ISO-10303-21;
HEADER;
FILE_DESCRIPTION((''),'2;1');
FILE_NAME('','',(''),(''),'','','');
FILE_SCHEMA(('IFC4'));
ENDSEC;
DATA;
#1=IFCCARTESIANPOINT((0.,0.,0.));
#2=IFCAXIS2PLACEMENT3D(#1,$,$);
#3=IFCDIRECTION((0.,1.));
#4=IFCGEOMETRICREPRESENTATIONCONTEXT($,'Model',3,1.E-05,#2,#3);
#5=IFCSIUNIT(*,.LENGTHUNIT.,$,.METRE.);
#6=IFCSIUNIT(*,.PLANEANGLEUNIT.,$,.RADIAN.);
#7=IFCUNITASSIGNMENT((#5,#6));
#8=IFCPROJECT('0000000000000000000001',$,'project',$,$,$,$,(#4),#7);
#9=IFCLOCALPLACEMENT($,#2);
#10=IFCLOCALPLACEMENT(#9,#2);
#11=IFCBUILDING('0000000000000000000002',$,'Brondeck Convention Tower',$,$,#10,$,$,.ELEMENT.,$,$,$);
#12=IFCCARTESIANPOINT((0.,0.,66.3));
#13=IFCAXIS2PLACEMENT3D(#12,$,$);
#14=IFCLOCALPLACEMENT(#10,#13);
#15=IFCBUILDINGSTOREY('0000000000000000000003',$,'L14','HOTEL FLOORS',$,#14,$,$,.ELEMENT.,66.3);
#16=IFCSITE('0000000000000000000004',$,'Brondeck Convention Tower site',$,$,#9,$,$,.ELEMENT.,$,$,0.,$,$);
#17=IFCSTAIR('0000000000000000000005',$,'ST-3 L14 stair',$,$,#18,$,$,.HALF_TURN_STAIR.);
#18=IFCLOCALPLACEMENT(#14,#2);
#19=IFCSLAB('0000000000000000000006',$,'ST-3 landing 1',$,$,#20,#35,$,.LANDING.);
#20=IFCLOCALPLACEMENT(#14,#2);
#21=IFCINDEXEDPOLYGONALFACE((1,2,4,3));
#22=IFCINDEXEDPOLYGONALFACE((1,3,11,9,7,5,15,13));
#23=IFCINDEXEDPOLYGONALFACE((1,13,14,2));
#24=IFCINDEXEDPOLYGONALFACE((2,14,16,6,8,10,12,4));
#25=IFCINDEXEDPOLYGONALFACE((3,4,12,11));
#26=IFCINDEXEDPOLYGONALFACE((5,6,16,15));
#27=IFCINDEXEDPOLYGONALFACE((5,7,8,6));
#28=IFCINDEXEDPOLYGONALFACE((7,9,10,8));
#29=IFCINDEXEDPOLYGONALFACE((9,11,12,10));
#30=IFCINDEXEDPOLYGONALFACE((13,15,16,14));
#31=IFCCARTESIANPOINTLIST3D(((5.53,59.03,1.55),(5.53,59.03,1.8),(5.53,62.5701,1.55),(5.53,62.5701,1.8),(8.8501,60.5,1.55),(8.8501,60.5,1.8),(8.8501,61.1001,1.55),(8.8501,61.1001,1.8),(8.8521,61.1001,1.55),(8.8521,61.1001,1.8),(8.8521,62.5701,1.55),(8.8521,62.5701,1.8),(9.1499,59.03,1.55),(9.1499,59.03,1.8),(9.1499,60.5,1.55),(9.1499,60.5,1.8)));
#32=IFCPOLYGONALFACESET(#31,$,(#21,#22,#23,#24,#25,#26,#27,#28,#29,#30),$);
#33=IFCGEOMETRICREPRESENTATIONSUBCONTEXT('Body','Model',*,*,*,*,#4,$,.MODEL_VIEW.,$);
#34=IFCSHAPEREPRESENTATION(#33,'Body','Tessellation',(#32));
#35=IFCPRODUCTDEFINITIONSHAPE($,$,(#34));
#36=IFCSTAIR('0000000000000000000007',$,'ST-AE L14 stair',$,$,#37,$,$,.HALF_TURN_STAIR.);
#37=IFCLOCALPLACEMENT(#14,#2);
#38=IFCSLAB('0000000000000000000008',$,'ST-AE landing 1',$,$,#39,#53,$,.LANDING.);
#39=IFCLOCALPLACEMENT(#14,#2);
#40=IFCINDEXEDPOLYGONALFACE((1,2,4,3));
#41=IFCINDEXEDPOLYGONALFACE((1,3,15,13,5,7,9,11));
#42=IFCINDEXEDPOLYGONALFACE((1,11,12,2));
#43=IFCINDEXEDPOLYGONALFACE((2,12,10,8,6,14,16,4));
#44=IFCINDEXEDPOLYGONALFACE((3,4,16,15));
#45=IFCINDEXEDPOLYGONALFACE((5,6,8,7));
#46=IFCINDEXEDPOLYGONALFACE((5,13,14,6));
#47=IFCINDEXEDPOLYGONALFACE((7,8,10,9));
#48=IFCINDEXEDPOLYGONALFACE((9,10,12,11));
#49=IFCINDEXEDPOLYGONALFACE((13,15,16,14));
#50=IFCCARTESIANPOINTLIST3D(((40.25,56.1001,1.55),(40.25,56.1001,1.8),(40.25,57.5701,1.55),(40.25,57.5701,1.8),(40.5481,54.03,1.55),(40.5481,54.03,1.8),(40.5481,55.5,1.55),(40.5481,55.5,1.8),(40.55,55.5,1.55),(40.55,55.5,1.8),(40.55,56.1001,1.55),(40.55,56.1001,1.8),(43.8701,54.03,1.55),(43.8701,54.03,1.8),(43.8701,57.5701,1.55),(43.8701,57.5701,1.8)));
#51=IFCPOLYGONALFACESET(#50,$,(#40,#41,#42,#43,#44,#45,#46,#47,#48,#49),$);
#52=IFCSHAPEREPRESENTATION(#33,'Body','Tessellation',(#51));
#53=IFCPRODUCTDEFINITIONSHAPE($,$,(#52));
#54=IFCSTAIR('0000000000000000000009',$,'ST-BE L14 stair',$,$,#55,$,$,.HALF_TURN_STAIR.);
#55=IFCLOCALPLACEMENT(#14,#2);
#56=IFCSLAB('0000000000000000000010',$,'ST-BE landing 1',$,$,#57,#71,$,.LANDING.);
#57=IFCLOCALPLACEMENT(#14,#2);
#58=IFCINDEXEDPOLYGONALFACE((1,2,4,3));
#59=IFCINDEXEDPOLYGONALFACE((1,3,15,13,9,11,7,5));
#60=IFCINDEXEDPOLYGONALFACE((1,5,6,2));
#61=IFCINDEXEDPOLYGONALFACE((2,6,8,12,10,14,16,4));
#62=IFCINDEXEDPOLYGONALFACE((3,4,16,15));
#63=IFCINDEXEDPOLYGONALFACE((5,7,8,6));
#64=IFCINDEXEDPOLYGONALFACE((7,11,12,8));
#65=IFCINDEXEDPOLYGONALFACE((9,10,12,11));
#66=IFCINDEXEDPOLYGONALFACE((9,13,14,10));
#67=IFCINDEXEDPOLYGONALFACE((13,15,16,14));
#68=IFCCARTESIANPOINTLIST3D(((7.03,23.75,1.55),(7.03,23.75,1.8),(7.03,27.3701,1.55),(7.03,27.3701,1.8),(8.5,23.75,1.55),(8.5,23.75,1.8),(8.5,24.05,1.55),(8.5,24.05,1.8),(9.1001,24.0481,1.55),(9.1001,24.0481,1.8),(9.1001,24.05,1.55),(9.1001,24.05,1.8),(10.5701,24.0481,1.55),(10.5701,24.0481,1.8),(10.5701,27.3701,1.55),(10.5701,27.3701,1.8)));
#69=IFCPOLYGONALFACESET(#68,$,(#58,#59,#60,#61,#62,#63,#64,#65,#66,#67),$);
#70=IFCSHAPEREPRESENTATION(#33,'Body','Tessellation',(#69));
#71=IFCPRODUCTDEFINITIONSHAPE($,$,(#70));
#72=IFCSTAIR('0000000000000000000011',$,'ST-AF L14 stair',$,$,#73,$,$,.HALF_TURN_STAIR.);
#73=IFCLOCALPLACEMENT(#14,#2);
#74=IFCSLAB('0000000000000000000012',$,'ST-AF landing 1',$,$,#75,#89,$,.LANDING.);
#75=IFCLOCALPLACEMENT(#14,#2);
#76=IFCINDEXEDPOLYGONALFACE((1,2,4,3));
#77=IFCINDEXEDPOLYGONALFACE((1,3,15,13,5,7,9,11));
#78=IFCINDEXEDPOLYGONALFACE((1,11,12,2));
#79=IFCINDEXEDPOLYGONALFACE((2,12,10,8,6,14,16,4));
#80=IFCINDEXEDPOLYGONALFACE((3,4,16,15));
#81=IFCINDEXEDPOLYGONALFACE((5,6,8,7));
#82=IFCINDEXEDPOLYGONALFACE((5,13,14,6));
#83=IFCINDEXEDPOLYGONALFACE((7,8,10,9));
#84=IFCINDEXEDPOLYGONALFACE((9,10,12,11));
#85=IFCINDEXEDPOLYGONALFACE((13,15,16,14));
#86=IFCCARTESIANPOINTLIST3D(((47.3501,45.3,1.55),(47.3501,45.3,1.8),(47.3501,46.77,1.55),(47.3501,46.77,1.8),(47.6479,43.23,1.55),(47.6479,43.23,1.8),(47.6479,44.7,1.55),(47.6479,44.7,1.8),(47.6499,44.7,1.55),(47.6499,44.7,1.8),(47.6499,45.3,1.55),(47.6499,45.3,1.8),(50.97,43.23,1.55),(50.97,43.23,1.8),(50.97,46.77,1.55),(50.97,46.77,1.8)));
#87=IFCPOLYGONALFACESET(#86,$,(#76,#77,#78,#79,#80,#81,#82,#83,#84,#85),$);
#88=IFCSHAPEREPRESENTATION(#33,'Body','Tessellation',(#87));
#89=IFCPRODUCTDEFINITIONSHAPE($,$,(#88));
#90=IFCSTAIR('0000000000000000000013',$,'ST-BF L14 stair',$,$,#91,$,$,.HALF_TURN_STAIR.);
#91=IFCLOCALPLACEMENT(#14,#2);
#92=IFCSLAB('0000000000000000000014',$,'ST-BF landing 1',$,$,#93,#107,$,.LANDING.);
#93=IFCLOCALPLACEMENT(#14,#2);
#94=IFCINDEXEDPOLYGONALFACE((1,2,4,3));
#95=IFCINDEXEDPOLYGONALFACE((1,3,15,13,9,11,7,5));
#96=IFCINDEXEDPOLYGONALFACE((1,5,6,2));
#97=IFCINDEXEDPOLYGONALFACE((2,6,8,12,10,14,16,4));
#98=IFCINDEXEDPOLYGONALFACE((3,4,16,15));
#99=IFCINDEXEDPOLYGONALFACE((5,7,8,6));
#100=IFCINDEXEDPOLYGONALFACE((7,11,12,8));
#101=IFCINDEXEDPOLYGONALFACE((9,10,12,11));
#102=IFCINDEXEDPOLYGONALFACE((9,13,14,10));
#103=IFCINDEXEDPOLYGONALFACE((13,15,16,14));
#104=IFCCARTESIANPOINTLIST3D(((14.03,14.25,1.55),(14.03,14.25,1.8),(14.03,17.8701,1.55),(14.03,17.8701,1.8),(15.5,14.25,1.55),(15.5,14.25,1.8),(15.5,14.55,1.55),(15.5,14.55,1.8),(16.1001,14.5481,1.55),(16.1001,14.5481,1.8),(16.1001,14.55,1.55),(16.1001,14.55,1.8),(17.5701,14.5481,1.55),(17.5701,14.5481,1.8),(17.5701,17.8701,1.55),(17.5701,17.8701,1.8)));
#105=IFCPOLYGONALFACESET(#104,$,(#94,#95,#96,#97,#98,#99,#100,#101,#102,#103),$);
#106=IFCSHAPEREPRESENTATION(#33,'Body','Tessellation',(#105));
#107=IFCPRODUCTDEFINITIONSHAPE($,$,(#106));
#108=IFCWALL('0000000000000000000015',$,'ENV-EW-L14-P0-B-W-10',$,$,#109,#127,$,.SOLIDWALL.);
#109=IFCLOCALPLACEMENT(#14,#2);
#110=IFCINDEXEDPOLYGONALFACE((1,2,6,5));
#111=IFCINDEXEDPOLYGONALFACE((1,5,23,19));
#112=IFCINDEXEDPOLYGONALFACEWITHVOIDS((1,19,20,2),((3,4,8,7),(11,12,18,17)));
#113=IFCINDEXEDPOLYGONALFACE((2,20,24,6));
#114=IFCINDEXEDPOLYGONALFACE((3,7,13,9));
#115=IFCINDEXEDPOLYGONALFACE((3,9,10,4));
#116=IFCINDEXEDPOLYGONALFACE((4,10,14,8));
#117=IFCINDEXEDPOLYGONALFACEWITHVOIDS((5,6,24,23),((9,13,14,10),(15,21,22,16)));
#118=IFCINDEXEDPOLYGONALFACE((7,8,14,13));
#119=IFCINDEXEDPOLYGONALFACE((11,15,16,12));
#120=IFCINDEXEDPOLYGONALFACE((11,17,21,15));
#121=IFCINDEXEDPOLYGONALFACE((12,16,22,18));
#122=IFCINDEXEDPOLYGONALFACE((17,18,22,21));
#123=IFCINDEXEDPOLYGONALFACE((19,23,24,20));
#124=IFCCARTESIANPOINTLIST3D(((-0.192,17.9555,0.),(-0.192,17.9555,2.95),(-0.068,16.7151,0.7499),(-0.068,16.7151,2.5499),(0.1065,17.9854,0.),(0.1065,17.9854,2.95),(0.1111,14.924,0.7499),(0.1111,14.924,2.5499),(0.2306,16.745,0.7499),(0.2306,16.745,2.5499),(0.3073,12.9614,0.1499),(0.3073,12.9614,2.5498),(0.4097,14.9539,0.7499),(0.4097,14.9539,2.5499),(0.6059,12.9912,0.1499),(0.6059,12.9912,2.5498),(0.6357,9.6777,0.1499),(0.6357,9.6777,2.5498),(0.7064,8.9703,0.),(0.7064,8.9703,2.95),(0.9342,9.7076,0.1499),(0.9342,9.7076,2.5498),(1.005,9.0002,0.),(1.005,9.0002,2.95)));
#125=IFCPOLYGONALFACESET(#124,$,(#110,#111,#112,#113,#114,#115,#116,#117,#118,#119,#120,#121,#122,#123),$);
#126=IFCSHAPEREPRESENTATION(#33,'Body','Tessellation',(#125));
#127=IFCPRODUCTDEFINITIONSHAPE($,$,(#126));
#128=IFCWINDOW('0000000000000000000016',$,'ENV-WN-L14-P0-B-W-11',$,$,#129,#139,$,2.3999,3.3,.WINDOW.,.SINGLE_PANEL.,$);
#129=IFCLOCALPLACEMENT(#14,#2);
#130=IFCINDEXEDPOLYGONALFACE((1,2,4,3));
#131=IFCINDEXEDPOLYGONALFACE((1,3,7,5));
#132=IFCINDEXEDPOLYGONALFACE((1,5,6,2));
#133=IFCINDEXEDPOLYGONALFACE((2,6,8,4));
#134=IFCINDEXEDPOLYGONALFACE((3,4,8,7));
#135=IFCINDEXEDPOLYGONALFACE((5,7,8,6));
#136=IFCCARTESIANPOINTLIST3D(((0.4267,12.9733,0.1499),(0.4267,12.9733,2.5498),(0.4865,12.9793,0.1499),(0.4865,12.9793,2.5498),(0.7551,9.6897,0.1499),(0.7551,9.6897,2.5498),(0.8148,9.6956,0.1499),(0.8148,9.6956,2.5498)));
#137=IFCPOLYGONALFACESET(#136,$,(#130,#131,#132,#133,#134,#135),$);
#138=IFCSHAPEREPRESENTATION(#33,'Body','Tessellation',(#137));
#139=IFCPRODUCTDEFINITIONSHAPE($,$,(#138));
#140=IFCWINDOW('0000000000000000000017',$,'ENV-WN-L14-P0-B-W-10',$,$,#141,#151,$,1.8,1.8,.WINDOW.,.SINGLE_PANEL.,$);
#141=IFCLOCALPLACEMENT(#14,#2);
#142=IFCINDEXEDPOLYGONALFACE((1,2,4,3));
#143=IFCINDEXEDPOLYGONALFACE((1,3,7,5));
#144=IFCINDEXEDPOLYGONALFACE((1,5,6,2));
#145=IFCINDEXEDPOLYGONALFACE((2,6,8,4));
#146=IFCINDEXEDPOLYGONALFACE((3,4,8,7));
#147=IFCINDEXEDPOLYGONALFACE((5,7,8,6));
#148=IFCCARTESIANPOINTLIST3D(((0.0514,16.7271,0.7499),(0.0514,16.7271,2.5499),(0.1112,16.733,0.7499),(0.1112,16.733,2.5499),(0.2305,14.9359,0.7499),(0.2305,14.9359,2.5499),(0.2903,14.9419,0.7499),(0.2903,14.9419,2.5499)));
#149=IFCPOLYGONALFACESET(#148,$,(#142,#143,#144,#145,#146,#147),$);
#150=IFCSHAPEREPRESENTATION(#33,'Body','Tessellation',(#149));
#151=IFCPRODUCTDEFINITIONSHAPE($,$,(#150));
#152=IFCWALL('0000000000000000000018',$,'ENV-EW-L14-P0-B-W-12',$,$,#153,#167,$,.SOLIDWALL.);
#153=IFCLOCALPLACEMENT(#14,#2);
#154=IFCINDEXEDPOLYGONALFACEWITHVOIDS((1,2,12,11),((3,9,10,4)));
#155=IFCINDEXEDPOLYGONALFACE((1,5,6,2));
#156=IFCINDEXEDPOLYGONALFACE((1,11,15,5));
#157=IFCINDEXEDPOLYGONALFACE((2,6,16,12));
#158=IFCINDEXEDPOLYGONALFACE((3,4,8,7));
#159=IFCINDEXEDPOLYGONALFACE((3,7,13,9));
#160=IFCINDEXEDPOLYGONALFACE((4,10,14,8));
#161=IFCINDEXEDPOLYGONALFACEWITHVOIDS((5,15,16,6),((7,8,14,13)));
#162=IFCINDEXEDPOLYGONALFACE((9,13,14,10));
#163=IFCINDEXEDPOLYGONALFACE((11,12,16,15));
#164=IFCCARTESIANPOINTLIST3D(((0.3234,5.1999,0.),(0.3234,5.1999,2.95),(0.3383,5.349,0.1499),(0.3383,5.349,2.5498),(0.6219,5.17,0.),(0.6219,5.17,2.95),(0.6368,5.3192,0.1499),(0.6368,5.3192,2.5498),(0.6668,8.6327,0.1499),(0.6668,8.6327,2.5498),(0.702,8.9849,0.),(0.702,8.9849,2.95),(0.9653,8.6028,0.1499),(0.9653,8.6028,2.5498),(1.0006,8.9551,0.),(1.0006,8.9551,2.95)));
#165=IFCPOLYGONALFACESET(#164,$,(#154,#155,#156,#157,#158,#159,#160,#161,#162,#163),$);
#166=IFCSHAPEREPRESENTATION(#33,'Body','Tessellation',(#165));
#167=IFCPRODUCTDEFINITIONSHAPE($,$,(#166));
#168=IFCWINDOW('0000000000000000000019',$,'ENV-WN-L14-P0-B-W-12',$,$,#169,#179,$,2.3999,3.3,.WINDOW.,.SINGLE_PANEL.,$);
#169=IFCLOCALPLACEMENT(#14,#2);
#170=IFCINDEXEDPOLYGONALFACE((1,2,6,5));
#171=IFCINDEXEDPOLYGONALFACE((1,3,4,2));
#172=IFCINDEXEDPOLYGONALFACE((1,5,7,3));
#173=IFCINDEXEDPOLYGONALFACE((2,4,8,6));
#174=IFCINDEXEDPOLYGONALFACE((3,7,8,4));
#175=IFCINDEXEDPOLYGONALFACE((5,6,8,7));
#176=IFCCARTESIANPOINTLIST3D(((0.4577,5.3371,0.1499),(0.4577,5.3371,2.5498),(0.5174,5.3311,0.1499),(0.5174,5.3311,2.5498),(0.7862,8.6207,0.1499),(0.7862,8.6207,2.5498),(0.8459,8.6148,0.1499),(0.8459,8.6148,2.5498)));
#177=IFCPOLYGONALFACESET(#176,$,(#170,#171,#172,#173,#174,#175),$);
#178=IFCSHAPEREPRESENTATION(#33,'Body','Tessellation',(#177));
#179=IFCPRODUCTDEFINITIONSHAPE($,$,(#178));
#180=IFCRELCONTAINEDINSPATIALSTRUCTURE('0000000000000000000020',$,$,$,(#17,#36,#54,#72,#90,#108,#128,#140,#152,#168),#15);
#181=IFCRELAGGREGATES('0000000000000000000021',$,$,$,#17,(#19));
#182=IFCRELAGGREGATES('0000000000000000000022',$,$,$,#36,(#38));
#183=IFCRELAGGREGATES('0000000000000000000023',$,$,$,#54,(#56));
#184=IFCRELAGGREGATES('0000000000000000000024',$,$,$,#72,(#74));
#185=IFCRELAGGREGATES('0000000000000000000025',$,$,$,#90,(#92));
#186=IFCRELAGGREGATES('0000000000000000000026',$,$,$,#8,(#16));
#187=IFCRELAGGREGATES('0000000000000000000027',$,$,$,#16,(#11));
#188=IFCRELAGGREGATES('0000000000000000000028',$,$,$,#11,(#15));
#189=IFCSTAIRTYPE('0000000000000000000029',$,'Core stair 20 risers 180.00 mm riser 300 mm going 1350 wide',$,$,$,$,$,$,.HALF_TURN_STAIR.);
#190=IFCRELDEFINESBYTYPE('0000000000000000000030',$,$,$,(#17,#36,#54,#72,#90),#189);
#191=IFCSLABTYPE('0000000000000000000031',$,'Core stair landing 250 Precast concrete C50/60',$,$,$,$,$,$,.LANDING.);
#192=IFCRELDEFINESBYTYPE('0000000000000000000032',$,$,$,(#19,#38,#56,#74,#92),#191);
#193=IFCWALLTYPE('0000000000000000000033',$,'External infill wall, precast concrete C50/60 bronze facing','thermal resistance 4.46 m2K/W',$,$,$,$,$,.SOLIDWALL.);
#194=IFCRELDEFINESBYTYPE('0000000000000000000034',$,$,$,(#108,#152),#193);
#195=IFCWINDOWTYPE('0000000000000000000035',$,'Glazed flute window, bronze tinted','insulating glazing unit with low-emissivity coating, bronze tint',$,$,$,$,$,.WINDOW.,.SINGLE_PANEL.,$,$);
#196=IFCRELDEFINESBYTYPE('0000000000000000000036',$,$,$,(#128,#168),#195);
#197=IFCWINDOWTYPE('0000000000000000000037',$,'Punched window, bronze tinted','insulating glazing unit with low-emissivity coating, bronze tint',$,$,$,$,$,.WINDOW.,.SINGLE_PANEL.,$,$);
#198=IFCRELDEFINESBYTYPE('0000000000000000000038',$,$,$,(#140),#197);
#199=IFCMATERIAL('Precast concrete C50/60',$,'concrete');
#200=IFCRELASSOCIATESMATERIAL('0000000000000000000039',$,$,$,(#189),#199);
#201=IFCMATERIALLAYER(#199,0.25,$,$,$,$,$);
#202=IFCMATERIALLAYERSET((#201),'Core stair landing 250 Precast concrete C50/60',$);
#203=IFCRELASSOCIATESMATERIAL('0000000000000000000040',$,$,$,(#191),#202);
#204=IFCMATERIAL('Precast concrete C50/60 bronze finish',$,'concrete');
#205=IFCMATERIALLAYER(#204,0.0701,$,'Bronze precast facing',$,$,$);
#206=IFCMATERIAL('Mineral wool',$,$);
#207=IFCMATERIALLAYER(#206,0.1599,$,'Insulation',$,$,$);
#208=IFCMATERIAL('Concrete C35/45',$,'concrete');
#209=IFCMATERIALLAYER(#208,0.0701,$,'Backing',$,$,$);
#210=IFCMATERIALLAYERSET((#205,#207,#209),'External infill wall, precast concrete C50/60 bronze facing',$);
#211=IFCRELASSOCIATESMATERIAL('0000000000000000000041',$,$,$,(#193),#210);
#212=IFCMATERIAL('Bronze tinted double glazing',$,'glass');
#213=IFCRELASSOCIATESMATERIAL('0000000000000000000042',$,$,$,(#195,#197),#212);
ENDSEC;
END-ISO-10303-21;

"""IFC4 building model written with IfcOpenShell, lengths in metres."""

from ifc_helpers import new_model, si_unit, direction, frame, frame_2d, origin, place, context, subcontext, project, spatial, polyline, rectangle, outline, extrude, material, layer, layer_set, type_object, element, fill, aggregate, save


model = new_model("IFC4")

# Units and contexts
model_context = context("Model", 3, precision=1e-05, world=origin(), true_north=direction((0.0, 1.0)))
body_context = subcontext(model_context, "Body", "Model", "MODEL_VIEW")
ifc_project = project(units=[si_unit("LENGTHUNIT", "METRE"), si_unit("PLANEANGLEUNIT", "RADIAN")], contexts=[model_context])

# Site, building, storey
site_placement = place(None, origin())
site = spatial("IfcSite", under=ifc_project, at=site_placement, Name="Brondeck Convention Tower site", CompositionType="ELEMENT", RefElevation=0.0)
building_placement = place(site_placement, origin())
building = spatial("IfcBuilding", under=site, at=building_placement, Name="Brondeck Convention Tower", CompositionType="ELEMENT")
storey_placement = place(building_placement, frame((0.0, 0.0, 66.3)))
storey = spatial("IfcBuildingStorey", under=building, at=storey_placement, Name="L14", Description="HOTEL FLOORS", CompositionType="ELEMENT", Elevation=66.3)

# Shared definitions
ifc_material_1 = material(Name="Concrete C35/45", Category="concrete")

# Stairs, slabs
ifc_material_2 = material(Name="Precast concrete C50/60", Category="concrete")
stair_type = type_object("IfcStairType", Name="Core stair 20 risers 180.00 mm riser 300 mm going 1350 wide", PredefinedType="HALF_TURN_STAIR", material=ifc_material_2)
ifc_layer_1 = layer(ifc_material_2, 0.25)
ifc_layer_set_1 = layer_set([ifc_layer_1], Name="Core stair landing 250 Precast concrete C50/60")
slab_type_1 = type_object("IfcSlabType", Name="Core stair landing 250 Precast concrete C50/60", PredefinedType="LANDING", material=ifc_layer_set_1)
stair_1_placement = place(storey_placement, origin())
stair_1 = element("IfcStair", 1, at=stair_1_placement, inside=storey, type_object=stair_type, Name="ST-3 L14 stair", PredefinedType="HALF_TURN_STAIR")
slab_1_placement = place(storey_placement, frame((0.0, 0.0, 1.55)))
slab_1 = element("IfcSlab", 2, at=slab_1_placement, type_object=slab_type_1, Name="ST-3 landing 1", PredefinedType="LANDING", context=body_context, shape_type="SweptSolid", body=[
    extrude(outline(polyline([(9.1499, 60.5), (9.1499, 59.03), (5.53, 59.03), (5.53, 62.5701), (8.8521, 62.5701), (8.8521, 61.1001), (8.8501, 61.1001), (8.8501, 60.5), (9.1499, 60.5)])), origin(), (0.0, 0.0, 1.0), 0.25),
])
aggregate(stair_1, [slab_1])
stair_2_placement = place(storey_placement, origin())
stair_2 = element("IfcStair", 3, at=stair_2_placement, inside=storey, type_object=stair_type, Name="ST-AE L14 stair", PredefinedType="HALF_TURN_STAIR")
slab_2_placement = place(storey_placement, frame((0.0, 0.0, 1.55)))
slab_2 = element("IfcSlab", 4, at=slab_2_placement, type_object=slab_type_1, Name="ST-AE landing 1", PredefinedType="LANDING", context=body_context, shape_type="SweptSolid", body=[
    extrude(outline(polyline([(40.5481, 55.5), (40.55, 55.5), (40.55, 56.1001), (40.25, 56.1001), (40.25, 57.5701), (43.8701, 57.5701), (43.8701, 54.03), (40.5481, 54.03), (40.5481, 55.5)])), origin(), (0.0, 0.0, 1.0), 0.25),
])
aggregate(stair_2, [slab_2])
stair_3_placement = place(storey_placement, origin())
stair_3 = element("IfcStair", 5, at=stair_3_placement, inside=storey, type_object=stair_type, Name="ST-BE L14 stair", PredefinedType="HALF_TURN_STAIR")
slab_3_placement = place(storey_placement, frame((0.0, 0.0, 1.55)))
slab_3 = element("IfcSlab", 6, at=slab_3_placement, type_object=slab_type_1, Name="ST-BE landing 1", PredefinedType="LANDING", context=body_context, shape_type="SweptSolid", body=[
    extrude(outline(polyline([(7.03, 23.75), (7.03, 27.3701), (10.5701, 27.3701), (10.5701, 24.0481), (9.1001, 24.0481), (9.1001, 24.05), (8.5, 24.05), (8.5, 23.75), (7.03, 23.75)])), origin(), (0.0, 0.0, 1.0), 0.25),
])
aggregate(stair_3, [slab_3])
stair_4_placement = place(storey_placement, origin())
stair_4 = element("IfcStair", 7, at=stair_4_placement, inside=storey, type_object=stair_type, Name="ST-AF L14 stair", PredefinedType="HALF_TURN_STAIR")
slab_4_placement = place(storey_placement, frame((0.0, 0.0, 1.55)))
slab_4 = element("IfcSlab", 8, at=slab_4_placement, type_object=slab_type_1, Name="ST-AF landing 1", PredefinedType="LANDING", context=body_context, shape_type="SweptSolid", body=[
    extrude(outline(polyline([(47.6479, 44.7), (47.6499, 44.7), (47.6499, 45.3), (47.3501, 45.3), (47.3501, 46.77), (50.97, 46.77), (50.97, 43.23), (47.6479, 43.23), (47.6479, 44.7)])), origin(), (0.0, 0.0, 1.0), 0.25),
])
aggregate(stair_4, [slab_4])
stair_5_placement = place(storey_placement, origin())
stair_5 = element("IfcStair", 9, at=stair_5_placement, inside=storey, type_object=stair_type, Name="ST-BF L14 stair", PredefinedType="HALF_TURN_STAIR")
slab_5_placement = place(storey_placement, frame((0.0, 0.0, 1.55)))
slab_5 = element("IfcSlab", 10, at=slab_5_placement, type_object=slab_type_1, Name="ST-BF landing 1", PredefinedType="LANDING", context=body_context, shape_type="SweptSolid", body=[
    extrude(outline(polyline([(14.03, 14.25), (14.03, 17.8701), (17.5701, 17.8701), (17.5701, 14.5481), (16.1001, 14.5481), (16.1001, 14.55), (15.5, 14.55), (15.5, 14.25), (14.03, 14.25)])), origin(), (0.0, 0.0, 1.0), 0.25),
])
aggregate(stair_5, [slab_5])

# Wall, openings, windows
ifc_material_3 = material(Name="Precast concrete C50/60 bronze finish", Category="concrete")
ifc_layer_2 = layer(ifc_material_3, 0.0701, Name="Bronze precast facing")
ifc_material_4 = material(Name="Mineral wool")
ifc_layer_3 = layer(ifc_material_4, 0.1599, Name="Insulation")
ifc_layer_4 = layer(ifc_material_1, 0.0701, Name="Backing")
ifc_layer_set_2 = layer_set([ifc_layer_2, ifc_layer_3, ifc_layer_4], Name="External infill wall, precast concrete C50/60 bronze facing")
wall_type_1 = type_object("IfcWallType", Name="External infill wall, precast concrete C50/60 bronze facing", Description="thermal resistance 4.46 m2K/W", PredefinedType="SOLIDWALL", material=ifc_layer_set_2)
wall_1_placement = place(storey_placement, frame((0.8557, 8.9851, 0.0), z_axis=(0.0, 0.0, 1.0), x_axis=(-0.099496, 0.995038, 0.0)))
wall_1 = element("IfcWall", 11, at=wall_1_placement, inside=storey, type_object=wall_type_1, Name="ENV-EW-L14-P0-B-W-10", PredefinedType="SOLIDWALL", context=body_context, shape_type="SweptSolid", body=[
    extrude(rectangle(XDim=9.03, YDim=0.3, at=frame_2d((4.5151, 0.0))), origin(), (0.0, 0.0, 1.0), 2.95),
])
opening_1_placement = place(wall_1_placement, frame((0.7112, 0.0, 0.1499)))
opening_1 = element("IfcOpeningElement", 12, at=opening_1_placement, cuts=wall_1, PredefinedType="OPENING", context=body_context, shape_type="SweptSolid", body=[
    extrude(rectangle(XDim=3.3, YDim=2.3999, at=frame_2d((1.6499, 1.2))), frame((0.0, 0.1599, 0.0), z_axis=(0.0, -1.0, 0.0), x_axis=(1.0, 0.0, 0.0)), (0.0, 0.0, 1.0), 0.3201),
])
opening_2_placement = place(wall_1_placement, frame((5.9836, 0.0, 0.75)))
opening_2 = element("IfcOpeningElement", 13, at=opening_2_placement, cuts=wall_1, PredefinedType="OPENING", context=body_context, shape_type="SweptSolid", body=[
    extrude(rectangle(XDim=1.8, YDim=1.8, at=frame_2d((0.8999, 0.8999))), frame((0.0, 0.1599, 0.0), z_axis=(0.0, -1.0, 0.0), x_axis=(1.0, 0.0, 0.0)), (0.0, 0.0, 1.0), 0.3201),
])
ifc_material_5 = material(Name="Bronze tinted double glazing", Category="glass")
window_type_1 = type_object("IfcWindowType", Name="Glazed flute window, bronze tinted", Description="insulating glazing unit with low-emissivity coating, bronze tint", PartitioningType="SINGLE_PANEL", PredefinedType="WINDOW", material=ifc_material_5)
window_1_placement = place(opening_1_placement, origin())
window_1 = element("IfcWindow", 14, at=window_1_placement, inside=storey, type_object=window_type_1, Name="ENV-WN-L14-P0-B-W-11", OverallHeight=2.3999, OverallWidth=3.3, PartitioningType="SINGLE_PANEL", PredefinedType="WINDOW", context=body_context, shape_type="SweptSolid", body=[
    extrude(rectangle(XDim=3.3, YDim=2.3999, at=frame_2d((1.6499, 1.2))), frame((0.0, 0.03, 0.0), z_axis=(0.0, -1.0, 0.0), x_axis=(1.0, 0.0, 0.0)), (0.0, 0.0, 1.0), 0.0601),
])
fill(opening_1, window_1)
window_type_2 = type_object("IfcWindowType", Name="Punched window, bronze tinted", Description="insulating glazing unit with low-emissivity coating, bronze tint", PartitioningType="SINGLE_PANEL", PredefinedType="WINDOW", material=ifc_material_5)
window_2_placement = place(opening_2_placement, origin())
window_2 = element("IfcWindow", 15, at=window_2_placement, inside=storey, type_object=window_type_2, Name="ENV-WN-L14-P0-B-W-10", OverallHeight=1.8, OverallWidth=1.8, PartitioningType="SINGLE_PANEL", PredefinedType="WINDOW", context=body_context, shape_type="SweptSolid", body=[
    extrude(rectangle(XDim=1.8, YDim=1.8, at=frame_2d((0.8999, 0.8999))), frame((0.0, 0.03, 0.0), z_axis=(0.0, -1.0, 0.0), x_axis=(1.0, 0.0, 0.0)), (0.0, 0.0, 1.0), 0.0601),
])
fill(opening_2, window_2)

# Wall, opening, window
wall_2_placement = place(storey_placement, frame((0.4727, 5.1851, 0.0), z_axis=(0.0, 0.0, 1.0), x_axis=(0.099542, 0.995033, 0.0)))
wall_2 = element("IfcWall", 16, at=wall_2_placement, inside=storey, type_object=wall_type_1, Name="ENV-EW-L14-P0-B-W-12", PredefinedType="SOLIDWALL", context=body_context, shape_type="SweptSolid", body=[
    extrude(rectangle(XDim=3.804, YDim=0.3, at=frame_2d((1.9019, 0.0))), origin(), (0.0, 0.0, 1.0), 2.95),
])
opening_3_placement = place(wall_2_placement, frame((0.1499, 0.0, 0.1499)))
opening_3 = element("IfcOpeningElement", 17, at=opening_3_placement, cuts=wall_2, PredefinedType="OPENING", context=body_context, shape_type="SweptSolid", body=[
    extrude(rectangle(XDim=3.3, YDim=2.3999, at=frame_2d((1.6499, 1.2))), frame((0.0, 0.1599, 0.0), z_axis=(0.0, -1.0, 0.0), x_axis=(1.0, 0.0, 0.0)), (0.0, 0.0, 1.0), 0.3201),
])
window_3_placement = place(opening_3_placement, origin())
window_3 = element("IfcWindow", 18, at=window_3_placement, inside=storey, type_object=window_type_1, Name="ENV-WN-L14-P0-B-W-12", OverallHeight=2.3999, OverallWidth=3.3, PartitioningType="SINGLE_PANEL", PredefinedType="WINDOW", context=body_context, shape_type="SweptSolid", body=[
    extrude(rectangle(XDim=3.3, YDim=2.3999, at=frame_2d((1.6499, 1.2))), frame((0.0, 0.03, 0.0), z_axis=(0.0, -1.0, 0.0), x_axis=(1.0, 0.0, 0.0)), (0.0, 0.0, 1.0), 0.0601),
])
fill(opening_3, window_3)

save(model, "model.ifc")
